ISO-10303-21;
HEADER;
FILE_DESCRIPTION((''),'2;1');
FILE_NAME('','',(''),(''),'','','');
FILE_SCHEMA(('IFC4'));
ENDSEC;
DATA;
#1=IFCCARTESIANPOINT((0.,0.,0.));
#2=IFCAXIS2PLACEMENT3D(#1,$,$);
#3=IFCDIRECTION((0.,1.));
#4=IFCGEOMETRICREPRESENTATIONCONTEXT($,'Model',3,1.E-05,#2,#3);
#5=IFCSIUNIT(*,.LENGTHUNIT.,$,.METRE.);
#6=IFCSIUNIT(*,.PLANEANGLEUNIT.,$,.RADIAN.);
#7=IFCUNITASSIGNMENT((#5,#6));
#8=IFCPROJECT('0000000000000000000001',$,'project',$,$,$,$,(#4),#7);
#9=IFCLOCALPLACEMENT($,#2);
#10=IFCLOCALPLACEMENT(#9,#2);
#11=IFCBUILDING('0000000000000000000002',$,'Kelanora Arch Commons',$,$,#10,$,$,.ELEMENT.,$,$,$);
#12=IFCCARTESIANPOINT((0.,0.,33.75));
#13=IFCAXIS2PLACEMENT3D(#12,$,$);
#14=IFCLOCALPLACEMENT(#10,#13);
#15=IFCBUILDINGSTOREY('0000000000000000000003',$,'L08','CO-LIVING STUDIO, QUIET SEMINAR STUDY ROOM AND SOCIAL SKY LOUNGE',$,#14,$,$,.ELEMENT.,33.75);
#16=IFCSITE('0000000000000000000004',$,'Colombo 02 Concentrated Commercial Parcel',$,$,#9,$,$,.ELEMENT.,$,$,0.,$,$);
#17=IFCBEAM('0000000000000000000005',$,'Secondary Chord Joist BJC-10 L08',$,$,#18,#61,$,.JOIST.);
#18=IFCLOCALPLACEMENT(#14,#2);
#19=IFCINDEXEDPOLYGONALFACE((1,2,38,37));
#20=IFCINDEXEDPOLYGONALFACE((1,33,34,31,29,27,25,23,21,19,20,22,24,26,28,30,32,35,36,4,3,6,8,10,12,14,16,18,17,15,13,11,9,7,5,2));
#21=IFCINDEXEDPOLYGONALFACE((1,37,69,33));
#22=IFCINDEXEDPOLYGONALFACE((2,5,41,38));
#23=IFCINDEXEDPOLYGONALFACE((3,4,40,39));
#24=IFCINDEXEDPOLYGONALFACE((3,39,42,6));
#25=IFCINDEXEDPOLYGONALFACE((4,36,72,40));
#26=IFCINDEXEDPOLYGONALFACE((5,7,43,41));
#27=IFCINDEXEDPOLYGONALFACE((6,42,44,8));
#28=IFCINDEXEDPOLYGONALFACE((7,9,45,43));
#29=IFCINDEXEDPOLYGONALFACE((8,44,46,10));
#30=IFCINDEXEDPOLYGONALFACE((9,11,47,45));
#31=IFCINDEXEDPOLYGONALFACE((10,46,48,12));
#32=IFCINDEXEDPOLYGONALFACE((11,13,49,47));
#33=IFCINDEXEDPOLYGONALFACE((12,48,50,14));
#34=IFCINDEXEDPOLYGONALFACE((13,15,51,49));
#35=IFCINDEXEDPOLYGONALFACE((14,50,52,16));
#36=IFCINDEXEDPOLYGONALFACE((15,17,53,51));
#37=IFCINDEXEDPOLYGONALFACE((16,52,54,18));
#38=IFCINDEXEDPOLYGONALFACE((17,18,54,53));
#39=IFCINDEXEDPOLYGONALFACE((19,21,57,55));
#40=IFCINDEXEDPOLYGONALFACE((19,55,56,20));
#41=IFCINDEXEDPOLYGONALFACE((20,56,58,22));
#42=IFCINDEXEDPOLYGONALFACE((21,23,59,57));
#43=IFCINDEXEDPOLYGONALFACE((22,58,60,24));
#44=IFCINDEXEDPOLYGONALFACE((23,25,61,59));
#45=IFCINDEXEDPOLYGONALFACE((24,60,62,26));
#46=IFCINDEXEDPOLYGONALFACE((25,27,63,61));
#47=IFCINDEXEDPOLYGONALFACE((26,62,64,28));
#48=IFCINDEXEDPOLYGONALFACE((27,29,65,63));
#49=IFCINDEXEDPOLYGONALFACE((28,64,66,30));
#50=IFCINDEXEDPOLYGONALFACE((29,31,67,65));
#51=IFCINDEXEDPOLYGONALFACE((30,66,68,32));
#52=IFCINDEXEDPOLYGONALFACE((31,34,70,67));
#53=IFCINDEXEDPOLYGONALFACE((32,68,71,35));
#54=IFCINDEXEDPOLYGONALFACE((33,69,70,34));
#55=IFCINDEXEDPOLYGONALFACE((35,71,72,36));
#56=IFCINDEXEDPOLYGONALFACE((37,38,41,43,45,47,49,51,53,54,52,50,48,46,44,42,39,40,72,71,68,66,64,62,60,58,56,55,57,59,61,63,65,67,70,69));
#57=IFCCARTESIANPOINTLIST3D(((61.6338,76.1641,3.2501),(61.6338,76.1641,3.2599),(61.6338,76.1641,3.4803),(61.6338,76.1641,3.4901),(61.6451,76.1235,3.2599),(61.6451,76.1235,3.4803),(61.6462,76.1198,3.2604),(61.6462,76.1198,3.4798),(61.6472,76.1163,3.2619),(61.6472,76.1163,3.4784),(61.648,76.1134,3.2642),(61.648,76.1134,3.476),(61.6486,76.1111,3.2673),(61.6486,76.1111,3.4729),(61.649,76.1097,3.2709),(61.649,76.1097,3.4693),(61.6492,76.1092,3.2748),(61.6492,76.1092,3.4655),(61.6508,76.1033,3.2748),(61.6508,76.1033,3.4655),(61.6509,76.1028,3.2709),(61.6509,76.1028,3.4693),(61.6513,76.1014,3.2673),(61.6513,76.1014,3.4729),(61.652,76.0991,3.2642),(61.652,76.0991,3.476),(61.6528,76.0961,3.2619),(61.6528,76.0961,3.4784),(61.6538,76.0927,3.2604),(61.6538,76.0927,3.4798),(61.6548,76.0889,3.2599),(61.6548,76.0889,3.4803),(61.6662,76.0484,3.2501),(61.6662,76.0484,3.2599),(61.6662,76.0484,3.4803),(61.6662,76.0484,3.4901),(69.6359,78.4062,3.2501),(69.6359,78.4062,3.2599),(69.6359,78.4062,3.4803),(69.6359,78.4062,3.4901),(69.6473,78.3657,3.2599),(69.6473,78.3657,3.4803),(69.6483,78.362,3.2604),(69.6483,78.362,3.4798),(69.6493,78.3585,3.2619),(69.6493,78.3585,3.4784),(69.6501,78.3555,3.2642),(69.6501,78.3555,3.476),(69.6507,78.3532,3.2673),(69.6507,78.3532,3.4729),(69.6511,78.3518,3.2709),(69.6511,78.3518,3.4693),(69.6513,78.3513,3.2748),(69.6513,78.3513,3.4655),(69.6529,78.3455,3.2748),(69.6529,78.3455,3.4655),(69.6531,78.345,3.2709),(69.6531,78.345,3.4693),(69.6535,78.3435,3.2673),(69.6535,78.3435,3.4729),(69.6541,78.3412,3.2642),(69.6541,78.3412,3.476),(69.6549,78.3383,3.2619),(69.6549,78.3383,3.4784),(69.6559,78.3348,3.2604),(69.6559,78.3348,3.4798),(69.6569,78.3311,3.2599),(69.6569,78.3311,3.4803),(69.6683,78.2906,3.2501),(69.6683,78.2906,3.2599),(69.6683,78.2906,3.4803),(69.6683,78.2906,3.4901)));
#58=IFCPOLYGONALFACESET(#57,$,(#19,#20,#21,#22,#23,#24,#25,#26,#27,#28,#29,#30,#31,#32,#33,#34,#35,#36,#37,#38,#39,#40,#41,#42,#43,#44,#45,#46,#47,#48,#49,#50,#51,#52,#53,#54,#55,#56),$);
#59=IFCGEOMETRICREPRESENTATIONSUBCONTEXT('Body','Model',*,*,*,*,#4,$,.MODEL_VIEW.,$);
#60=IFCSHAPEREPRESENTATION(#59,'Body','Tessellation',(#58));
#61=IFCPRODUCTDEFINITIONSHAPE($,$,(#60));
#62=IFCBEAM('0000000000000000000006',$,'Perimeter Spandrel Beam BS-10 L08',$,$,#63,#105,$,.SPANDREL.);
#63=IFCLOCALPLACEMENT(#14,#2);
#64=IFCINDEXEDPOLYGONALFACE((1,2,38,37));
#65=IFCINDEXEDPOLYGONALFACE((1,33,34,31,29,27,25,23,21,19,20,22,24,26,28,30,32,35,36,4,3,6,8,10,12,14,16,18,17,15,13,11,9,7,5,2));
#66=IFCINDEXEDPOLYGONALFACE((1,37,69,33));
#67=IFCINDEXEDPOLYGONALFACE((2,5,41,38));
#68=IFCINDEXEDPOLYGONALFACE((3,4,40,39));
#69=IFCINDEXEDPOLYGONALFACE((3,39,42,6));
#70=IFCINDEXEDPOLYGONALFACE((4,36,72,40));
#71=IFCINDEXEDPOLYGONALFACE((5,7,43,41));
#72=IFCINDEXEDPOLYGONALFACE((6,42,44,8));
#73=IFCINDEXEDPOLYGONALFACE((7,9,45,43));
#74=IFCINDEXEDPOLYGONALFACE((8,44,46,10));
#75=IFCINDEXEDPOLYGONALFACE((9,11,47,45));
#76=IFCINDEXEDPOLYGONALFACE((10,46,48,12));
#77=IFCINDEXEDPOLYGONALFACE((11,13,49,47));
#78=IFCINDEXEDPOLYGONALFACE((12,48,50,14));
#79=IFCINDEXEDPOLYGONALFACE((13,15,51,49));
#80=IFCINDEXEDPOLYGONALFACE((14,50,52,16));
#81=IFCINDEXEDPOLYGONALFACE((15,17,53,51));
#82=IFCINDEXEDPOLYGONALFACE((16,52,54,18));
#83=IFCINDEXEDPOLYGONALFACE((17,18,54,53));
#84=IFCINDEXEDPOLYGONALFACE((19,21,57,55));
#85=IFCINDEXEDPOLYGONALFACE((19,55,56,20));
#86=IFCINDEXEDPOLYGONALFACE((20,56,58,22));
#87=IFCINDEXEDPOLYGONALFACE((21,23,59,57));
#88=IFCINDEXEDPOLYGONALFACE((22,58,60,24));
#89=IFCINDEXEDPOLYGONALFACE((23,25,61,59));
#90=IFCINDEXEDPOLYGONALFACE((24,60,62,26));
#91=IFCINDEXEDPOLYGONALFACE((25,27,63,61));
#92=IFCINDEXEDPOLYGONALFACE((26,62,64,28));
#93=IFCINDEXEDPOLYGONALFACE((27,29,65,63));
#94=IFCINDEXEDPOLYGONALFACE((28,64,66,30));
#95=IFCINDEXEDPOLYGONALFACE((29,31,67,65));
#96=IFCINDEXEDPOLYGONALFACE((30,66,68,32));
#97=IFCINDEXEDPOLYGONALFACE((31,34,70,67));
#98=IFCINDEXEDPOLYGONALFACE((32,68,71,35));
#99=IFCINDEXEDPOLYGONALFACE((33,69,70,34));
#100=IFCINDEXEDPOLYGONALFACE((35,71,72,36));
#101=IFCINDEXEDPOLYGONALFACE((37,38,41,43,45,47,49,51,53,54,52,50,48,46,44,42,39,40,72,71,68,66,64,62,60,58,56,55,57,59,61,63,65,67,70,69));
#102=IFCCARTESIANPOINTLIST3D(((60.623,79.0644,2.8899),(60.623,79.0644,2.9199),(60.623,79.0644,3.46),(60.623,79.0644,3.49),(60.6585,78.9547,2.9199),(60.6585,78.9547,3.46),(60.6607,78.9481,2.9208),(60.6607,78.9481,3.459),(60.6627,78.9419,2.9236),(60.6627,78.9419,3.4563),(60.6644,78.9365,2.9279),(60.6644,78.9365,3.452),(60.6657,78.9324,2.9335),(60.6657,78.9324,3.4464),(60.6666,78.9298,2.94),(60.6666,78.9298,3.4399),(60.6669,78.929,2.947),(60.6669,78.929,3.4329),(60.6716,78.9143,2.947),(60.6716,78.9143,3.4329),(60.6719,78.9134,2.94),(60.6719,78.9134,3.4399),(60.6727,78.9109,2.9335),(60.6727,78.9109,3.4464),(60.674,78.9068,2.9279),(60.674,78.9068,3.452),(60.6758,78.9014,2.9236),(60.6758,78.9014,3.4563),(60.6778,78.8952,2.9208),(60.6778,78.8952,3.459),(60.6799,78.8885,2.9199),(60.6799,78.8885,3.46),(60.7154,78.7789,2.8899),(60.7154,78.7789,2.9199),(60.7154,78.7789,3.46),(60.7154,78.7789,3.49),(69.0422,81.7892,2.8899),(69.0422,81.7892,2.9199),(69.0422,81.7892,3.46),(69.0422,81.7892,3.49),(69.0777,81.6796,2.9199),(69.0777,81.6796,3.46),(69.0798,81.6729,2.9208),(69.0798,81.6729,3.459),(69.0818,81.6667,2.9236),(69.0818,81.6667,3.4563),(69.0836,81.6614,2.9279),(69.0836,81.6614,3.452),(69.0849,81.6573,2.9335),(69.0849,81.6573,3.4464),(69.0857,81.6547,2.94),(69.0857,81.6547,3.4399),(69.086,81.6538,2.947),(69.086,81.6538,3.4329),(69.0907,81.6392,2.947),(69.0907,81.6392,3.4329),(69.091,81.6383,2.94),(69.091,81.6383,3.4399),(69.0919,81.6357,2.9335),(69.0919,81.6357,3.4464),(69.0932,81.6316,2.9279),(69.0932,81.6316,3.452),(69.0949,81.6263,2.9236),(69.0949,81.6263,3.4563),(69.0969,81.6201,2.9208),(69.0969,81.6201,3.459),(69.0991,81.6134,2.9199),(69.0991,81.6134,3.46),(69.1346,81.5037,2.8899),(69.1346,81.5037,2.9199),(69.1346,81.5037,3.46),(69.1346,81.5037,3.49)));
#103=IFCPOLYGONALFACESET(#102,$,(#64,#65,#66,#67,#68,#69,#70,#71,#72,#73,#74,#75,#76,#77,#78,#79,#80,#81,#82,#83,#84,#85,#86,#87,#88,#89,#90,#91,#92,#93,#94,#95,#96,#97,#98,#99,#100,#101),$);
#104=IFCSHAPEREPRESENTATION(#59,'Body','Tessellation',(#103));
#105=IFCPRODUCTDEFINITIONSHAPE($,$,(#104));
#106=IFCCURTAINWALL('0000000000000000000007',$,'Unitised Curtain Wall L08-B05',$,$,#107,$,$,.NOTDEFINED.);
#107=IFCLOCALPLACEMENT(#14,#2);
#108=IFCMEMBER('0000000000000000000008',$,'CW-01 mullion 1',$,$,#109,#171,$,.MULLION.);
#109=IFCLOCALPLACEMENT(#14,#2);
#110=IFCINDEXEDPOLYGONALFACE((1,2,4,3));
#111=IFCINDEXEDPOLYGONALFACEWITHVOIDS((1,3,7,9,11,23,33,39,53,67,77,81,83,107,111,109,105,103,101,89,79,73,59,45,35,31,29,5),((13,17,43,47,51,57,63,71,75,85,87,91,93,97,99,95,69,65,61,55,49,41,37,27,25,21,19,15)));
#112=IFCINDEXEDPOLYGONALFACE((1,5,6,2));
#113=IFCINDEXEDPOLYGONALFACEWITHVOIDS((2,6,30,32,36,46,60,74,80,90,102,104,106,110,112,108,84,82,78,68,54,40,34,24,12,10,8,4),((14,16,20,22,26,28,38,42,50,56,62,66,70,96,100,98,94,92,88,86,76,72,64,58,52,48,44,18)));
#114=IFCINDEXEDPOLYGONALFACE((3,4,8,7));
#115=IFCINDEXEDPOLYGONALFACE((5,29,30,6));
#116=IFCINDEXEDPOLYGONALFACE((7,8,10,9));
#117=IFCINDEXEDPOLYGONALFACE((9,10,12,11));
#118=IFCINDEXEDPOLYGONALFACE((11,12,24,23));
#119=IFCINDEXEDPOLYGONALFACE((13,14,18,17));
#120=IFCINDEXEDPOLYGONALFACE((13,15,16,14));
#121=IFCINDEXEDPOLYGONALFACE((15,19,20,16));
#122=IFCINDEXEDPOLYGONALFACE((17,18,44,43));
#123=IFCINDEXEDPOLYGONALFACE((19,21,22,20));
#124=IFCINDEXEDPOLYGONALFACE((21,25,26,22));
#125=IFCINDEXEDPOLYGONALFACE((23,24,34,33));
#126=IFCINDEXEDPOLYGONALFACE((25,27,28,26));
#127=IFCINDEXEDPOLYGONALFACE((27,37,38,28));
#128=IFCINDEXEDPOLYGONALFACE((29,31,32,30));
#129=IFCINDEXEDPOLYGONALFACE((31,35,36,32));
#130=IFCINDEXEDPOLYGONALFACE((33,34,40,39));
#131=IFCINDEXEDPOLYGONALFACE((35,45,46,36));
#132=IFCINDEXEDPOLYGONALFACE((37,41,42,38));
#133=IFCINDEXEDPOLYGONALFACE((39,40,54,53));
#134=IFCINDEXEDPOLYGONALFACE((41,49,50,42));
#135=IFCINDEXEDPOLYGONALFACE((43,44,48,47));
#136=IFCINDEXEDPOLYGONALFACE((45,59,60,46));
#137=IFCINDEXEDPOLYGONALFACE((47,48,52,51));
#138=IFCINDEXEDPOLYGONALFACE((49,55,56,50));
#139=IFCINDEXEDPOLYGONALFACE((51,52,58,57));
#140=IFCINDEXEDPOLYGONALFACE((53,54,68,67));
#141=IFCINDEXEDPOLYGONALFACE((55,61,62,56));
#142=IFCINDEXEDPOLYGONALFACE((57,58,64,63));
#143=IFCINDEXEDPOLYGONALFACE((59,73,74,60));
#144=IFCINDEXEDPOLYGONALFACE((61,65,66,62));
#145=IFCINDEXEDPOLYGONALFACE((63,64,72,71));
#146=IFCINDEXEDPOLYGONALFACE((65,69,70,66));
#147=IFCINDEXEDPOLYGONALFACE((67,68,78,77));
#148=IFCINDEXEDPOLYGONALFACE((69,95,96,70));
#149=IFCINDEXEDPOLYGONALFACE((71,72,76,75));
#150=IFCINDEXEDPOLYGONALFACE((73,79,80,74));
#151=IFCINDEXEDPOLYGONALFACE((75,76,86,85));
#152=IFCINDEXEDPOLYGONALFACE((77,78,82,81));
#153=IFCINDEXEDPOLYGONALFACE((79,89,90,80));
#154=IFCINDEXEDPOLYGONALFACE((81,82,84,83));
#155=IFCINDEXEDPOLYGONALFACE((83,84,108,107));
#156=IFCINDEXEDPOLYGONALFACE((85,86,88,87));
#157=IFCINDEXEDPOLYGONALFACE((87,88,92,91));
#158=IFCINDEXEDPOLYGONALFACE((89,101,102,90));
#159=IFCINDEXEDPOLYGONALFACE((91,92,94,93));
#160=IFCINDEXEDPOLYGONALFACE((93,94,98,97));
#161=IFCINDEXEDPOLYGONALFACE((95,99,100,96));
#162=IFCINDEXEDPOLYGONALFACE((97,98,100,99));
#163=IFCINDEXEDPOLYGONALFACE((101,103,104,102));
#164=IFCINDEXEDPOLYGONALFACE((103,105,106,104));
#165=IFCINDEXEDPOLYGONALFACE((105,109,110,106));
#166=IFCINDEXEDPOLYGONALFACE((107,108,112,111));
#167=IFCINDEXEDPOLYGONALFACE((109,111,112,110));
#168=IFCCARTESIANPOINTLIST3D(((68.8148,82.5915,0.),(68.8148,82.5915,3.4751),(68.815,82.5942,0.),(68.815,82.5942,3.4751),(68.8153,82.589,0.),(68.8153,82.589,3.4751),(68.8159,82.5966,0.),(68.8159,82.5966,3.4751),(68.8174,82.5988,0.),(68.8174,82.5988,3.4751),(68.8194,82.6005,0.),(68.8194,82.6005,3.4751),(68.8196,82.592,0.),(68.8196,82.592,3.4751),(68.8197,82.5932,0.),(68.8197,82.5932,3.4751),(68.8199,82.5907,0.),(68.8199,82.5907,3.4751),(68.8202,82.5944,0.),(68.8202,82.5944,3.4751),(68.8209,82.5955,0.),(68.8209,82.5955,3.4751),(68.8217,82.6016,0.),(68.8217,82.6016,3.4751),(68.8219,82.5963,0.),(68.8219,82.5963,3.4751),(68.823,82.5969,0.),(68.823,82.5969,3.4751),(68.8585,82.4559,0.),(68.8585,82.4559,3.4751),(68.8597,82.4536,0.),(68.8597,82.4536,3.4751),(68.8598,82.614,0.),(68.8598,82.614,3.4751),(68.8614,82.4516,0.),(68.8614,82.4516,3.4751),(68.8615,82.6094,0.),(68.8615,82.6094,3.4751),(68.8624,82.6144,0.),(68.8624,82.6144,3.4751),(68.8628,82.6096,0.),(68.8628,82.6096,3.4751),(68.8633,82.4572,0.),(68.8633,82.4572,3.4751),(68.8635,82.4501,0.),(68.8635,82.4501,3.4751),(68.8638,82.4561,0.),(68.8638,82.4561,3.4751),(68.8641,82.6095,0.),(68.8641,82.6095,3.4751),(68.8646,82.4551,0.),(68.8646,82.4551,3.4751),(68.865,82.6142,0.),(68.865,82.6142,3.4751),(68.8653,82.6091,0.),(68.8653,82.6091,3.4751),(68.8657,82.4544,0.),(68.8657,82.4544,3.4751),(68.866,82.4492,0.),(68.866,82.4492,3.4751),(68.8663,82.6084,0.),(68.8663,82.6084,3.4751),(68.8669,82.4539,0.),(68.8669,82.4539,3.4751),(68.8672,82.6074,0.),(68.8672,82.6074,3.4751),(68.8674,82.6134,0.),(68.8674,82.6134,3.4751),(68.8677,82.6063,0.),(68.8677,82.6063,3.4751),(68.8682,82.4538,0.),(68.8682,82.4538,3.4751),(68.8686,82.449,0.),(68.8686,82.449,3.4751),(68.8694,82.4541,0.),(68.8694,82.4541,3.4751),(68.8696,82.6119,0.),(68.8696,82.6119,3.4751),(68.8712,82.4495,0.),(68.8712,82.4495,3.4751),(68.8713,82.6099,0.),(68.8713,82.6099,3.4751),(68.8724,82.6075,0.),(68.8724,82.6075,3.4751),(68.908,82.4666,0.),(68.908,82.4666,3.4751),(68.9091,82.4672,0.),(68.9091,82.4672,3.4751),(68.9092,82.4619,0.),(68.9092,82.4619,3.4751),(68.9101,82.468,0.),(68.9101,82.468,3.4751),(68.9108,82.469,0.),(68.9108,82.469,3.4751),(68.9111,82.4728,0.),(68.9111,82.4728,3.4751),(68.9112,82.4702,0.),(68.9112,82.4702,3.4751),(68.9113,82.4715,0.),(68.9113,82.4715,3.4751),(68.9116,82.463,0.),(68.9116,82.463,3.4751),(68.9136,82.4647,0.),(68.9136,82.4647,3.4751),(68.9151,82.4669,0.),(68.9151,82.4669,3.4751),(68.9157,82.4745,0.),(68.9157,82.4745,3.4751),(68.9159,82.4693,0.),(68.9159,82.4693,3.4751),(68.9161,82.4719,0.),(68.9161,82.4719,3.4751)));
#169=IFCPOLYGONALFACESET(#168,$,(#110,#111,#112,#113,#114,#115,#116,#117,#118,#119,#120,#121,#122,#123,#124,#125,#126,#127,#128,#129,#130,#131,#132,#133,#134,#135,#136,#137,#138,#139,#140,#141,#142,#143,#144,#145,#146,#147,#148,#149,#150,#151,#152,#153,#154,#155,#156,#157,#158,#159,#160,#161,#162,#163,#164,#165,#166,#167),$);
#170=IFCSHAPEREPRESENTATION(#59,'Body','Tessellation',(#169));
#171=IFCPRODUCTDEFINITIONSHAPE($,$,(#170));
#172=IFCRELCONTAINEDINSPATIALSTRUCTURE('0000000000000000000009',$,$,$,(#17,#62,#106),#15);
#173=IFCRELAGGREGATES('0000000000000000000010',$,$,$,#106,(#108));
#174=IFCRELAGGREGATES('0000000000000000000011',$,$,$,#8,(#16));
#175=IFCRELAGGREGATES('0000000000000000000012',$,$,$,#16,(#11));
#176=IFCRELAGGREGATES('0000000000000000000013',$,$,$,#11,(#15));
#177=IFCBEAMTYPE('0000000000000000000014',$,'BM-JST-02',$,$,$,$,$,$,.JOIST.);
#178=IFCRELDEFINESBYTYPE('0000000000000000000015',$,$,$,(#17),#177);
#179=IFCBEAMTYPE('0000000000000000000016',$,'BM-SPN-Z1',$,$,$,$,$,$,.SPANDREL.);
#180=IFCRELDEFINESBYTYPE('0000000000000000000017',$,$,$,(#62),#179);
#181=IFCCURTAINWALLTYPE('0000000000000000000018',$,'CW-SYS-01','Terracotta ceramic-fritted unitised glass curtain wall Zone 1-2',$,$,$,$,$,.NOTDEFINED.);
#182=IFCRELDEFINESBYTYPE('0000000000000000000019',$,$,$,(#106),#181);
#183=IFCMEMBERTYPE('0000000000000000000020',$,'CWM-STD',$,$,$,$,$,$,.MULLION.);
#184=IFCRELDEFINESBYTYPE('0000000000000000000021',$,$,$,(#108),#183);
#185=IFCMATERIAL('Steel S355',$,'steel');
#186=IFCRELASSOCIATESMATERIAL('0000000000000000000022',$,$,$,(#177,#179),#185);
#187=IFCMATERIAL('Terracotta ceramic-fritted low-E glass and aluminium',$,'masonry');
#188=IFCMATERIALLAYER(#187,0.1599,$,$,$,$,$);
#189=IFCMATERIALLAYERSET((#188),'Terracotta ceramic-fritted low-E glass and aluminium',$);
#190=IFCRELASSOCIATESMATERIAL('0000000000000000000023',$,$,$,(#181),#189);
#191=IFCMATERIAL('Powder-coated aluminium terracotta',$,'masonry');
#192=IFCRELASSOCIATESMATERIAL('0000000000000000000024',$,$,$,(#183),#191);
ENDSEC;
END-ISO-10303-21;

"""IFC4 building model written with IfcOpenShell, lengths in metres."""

from ifc_helpers import new_model, si_unit, direction, frame, origin, origin_2d, place, context, subcontext, project, spatial, hollow_rectangle, i_section, extrude, material, layer, layer_set, material_profile, profile_set, type_object, element, aggregate, save


model = new_model("IFC4")

# Units and contexts
model_context = context("Model", 3, precision=1e-05, world=origin(), true_north=direction((0.0, 1.0)))
body_context = subcontext(model_context, "Body", "Model", "MODEL_VIEW")
ifc_project = project(units=[si_unit("LENGTHUNIT", "METRE"), si_unit("PLANEANGLEUNIT", "RADIAN")], contexts=[model_context])

# Site, building, storey
site_placement = place(None, origin())
site = spatial("IfcSite", under=ifc_project, at=site_placement, Name="Colombo 02 Concentrated Commercial Parcel", CompositionType="ELEMENT", RefElevation=0.0)
building_placement = place(site_placement, origin())
building = spatial("IfcBuilding", under=site, at=building_placement, Name="Kelanora Arch Commons", CompositionType="ELEMENT")
storey_placement = place(building_placement, frame((0.0, 0.0, 33.75)))
storey = spatial("IfcBuildingStorey", under=building, at=storey_placement, Name="L08", Description="CO-LIVING STUDIO, QUIET SEMINAR STUDY ROOM AND SOCIAL SKY LOUNGE", CompositionType="ELEMENT", Elevation=33.75)

# Beams
ifc_material_1 = material(Name="Steel S355", Category="steel")
ifc_material_profile_1 = material_profile(ifc_material_1, i_section(OverallWidth=0.1201, OverallDepth=0.24, WebThickness=0.0061, FlangeThickness=0.0098, FilletRadius=0.0149, at=origin_2d()), Name="IPE240")
ifc_profile_set_1 = profile_set([ifc_material_profile_1], Name="Steel S355")
beam_type_1 = type_object("IfcBeamType", Name="BM-JST-02", PredefinedType="JOIST", material=ifc_profile_set_1)
beam_1_placement = place(storey_placement, frame((69.6521, 78.3484, 3.3701), z_axis=(-0.962915, -0.269805, 0.0), x_axis=(0.269805, -0.962915, 0.0)))
element("IfcBeam", 1, at=beam_1_placement, inside=storey, type_object=beam_type_1, Name="Secondary Chord Joist BJC-10 L08", PredefinedType="JOIST", context=body_context, shape_type="SweptSolid", body=[
    extrude(i_section(OverallWidth=0.1201, OverallDepth=0.24, WebThickness=0.0061, FlangeThickness=0.0098, FilletRadius=0.0149, at=origin_2d()), origin(), (0.0, 0.0, 1.0), 8.3103),
])
ifc_material_profile_2 = material_profile(ifc_material_1, i_section(OverallWidth=0.3, OverallDepth=0.6001, WebThickness=0.0154, FlangeThickness=0.03, FilletRadius=0.0271, at=origin_2d()), Name="HEB600")
ifc_profile_set_2 = profile_set([ifc_material_profile_2], Name="Steel S355")
beam_type_2 = type_object("IfcBeamType", Name="BM-SPN-Z1", PredefinedType="SPANDREL", material=ifc_profile_set_2)
beam_2_placement = place(storey_placement, frame((69.0884, 81.6465, 3.1899), z_axis=(-0.951411, -0.307922, 0.0), x_axis=(0.307922, -0.951411, 0.0)))
element("IfcBeam", 2, at=beam_2_placement, inside=storey, type_object=beam_type_2, Name="Perimeter Spandrel Beam BS-10 L08", PredefinedType="SPANDREL", context=body_context, shape_type="SweptSolid", body=[
    extrude(i_section(OverallWidth=0.3, OverallDepth=0.6001, WebThickness=0.0154, FlangeThickness=0.03, FilletRadius=0.0271, at=origin_2d()), origin(), (0.0, 0.0, 1.0), 8.8491),
])

# Curtain wall, member
ifc_material_2 = material(Name="Terracotta ceramic-fritted low-E glass and aluminium", Category="masonry")
ifc_layer_1 = layer(ifc_material_2, 0.1599)
ifc_layer_set_1 = layer_set([ifc_layer_1], Name="Terracotta ceramic-fritted low-E glass and aluminium")
curtain_wall_type = type_object("IfcCurtainWallType", Name="CW-SYS-01", Description="Terracotta ceramic-fritted unitised glass curtain wall Zone 1-2", PredefinedType="NOTDEFINED", material=ifc_layer_set_1)
curtain_wall_placement = place(storey_placement, origin())
curtain_wall = element("IfcCurtainWall", 3, at=curtain_wall_placement, inside=storey, type_object=curtain_wall_type, Name="Unitised Curtain Wall L08-B05", PredefinedType="NOTDEFINED")
ifc_material_3 = material(Name="Powder-coated aluminium terracotta", Category="masonry")
ifc_material_profile_3 = material_profile(ifc_material_3, hollow_rectangle(XDim=0.1599, YDim=0.0601, WallThickness=0.0049, InnerFilletRadius=0.0049, OuterFilletRadius=0.01, at=origin_2d()), Name="CWM160x60")
ifc_profile_set_3 = profile_set([ifc_material_profile_3], Name="Powder-coated aluminium terracotta")
member_type_1 = type_object("IfcMemberType", Name="CWM-STD", PredefinedType="MULLION", material=ifc_profile_set_3)
member_1_placement = place(storey_placement, frame((68.8655, 82.5317, 0.0), z_axis=(0.0, 0.0, 1.0), x_axis=(0.309058, -0.951043, 0.0)))
member_1 = element("IfcMember", 4, at=member_1_placement, type_object=member_type_1, Name="CW-01 mullion 1", PredefinedType="MULLION", context=body_context, shape_type="SweptSolid", body=[
    extrude(hollow_rectangle(XDim=0.1599, YDim=0.0601, WallThickness=0.0049, InnerFilletRadius=0.0049, OuterFilletRadius=0.01, at=origin_2d()), origin(), (0.0, 0.0, 1.0), 3.4751),
])
aggregate(curtain_wall, [member_1])

save(model, "model.ifc")
